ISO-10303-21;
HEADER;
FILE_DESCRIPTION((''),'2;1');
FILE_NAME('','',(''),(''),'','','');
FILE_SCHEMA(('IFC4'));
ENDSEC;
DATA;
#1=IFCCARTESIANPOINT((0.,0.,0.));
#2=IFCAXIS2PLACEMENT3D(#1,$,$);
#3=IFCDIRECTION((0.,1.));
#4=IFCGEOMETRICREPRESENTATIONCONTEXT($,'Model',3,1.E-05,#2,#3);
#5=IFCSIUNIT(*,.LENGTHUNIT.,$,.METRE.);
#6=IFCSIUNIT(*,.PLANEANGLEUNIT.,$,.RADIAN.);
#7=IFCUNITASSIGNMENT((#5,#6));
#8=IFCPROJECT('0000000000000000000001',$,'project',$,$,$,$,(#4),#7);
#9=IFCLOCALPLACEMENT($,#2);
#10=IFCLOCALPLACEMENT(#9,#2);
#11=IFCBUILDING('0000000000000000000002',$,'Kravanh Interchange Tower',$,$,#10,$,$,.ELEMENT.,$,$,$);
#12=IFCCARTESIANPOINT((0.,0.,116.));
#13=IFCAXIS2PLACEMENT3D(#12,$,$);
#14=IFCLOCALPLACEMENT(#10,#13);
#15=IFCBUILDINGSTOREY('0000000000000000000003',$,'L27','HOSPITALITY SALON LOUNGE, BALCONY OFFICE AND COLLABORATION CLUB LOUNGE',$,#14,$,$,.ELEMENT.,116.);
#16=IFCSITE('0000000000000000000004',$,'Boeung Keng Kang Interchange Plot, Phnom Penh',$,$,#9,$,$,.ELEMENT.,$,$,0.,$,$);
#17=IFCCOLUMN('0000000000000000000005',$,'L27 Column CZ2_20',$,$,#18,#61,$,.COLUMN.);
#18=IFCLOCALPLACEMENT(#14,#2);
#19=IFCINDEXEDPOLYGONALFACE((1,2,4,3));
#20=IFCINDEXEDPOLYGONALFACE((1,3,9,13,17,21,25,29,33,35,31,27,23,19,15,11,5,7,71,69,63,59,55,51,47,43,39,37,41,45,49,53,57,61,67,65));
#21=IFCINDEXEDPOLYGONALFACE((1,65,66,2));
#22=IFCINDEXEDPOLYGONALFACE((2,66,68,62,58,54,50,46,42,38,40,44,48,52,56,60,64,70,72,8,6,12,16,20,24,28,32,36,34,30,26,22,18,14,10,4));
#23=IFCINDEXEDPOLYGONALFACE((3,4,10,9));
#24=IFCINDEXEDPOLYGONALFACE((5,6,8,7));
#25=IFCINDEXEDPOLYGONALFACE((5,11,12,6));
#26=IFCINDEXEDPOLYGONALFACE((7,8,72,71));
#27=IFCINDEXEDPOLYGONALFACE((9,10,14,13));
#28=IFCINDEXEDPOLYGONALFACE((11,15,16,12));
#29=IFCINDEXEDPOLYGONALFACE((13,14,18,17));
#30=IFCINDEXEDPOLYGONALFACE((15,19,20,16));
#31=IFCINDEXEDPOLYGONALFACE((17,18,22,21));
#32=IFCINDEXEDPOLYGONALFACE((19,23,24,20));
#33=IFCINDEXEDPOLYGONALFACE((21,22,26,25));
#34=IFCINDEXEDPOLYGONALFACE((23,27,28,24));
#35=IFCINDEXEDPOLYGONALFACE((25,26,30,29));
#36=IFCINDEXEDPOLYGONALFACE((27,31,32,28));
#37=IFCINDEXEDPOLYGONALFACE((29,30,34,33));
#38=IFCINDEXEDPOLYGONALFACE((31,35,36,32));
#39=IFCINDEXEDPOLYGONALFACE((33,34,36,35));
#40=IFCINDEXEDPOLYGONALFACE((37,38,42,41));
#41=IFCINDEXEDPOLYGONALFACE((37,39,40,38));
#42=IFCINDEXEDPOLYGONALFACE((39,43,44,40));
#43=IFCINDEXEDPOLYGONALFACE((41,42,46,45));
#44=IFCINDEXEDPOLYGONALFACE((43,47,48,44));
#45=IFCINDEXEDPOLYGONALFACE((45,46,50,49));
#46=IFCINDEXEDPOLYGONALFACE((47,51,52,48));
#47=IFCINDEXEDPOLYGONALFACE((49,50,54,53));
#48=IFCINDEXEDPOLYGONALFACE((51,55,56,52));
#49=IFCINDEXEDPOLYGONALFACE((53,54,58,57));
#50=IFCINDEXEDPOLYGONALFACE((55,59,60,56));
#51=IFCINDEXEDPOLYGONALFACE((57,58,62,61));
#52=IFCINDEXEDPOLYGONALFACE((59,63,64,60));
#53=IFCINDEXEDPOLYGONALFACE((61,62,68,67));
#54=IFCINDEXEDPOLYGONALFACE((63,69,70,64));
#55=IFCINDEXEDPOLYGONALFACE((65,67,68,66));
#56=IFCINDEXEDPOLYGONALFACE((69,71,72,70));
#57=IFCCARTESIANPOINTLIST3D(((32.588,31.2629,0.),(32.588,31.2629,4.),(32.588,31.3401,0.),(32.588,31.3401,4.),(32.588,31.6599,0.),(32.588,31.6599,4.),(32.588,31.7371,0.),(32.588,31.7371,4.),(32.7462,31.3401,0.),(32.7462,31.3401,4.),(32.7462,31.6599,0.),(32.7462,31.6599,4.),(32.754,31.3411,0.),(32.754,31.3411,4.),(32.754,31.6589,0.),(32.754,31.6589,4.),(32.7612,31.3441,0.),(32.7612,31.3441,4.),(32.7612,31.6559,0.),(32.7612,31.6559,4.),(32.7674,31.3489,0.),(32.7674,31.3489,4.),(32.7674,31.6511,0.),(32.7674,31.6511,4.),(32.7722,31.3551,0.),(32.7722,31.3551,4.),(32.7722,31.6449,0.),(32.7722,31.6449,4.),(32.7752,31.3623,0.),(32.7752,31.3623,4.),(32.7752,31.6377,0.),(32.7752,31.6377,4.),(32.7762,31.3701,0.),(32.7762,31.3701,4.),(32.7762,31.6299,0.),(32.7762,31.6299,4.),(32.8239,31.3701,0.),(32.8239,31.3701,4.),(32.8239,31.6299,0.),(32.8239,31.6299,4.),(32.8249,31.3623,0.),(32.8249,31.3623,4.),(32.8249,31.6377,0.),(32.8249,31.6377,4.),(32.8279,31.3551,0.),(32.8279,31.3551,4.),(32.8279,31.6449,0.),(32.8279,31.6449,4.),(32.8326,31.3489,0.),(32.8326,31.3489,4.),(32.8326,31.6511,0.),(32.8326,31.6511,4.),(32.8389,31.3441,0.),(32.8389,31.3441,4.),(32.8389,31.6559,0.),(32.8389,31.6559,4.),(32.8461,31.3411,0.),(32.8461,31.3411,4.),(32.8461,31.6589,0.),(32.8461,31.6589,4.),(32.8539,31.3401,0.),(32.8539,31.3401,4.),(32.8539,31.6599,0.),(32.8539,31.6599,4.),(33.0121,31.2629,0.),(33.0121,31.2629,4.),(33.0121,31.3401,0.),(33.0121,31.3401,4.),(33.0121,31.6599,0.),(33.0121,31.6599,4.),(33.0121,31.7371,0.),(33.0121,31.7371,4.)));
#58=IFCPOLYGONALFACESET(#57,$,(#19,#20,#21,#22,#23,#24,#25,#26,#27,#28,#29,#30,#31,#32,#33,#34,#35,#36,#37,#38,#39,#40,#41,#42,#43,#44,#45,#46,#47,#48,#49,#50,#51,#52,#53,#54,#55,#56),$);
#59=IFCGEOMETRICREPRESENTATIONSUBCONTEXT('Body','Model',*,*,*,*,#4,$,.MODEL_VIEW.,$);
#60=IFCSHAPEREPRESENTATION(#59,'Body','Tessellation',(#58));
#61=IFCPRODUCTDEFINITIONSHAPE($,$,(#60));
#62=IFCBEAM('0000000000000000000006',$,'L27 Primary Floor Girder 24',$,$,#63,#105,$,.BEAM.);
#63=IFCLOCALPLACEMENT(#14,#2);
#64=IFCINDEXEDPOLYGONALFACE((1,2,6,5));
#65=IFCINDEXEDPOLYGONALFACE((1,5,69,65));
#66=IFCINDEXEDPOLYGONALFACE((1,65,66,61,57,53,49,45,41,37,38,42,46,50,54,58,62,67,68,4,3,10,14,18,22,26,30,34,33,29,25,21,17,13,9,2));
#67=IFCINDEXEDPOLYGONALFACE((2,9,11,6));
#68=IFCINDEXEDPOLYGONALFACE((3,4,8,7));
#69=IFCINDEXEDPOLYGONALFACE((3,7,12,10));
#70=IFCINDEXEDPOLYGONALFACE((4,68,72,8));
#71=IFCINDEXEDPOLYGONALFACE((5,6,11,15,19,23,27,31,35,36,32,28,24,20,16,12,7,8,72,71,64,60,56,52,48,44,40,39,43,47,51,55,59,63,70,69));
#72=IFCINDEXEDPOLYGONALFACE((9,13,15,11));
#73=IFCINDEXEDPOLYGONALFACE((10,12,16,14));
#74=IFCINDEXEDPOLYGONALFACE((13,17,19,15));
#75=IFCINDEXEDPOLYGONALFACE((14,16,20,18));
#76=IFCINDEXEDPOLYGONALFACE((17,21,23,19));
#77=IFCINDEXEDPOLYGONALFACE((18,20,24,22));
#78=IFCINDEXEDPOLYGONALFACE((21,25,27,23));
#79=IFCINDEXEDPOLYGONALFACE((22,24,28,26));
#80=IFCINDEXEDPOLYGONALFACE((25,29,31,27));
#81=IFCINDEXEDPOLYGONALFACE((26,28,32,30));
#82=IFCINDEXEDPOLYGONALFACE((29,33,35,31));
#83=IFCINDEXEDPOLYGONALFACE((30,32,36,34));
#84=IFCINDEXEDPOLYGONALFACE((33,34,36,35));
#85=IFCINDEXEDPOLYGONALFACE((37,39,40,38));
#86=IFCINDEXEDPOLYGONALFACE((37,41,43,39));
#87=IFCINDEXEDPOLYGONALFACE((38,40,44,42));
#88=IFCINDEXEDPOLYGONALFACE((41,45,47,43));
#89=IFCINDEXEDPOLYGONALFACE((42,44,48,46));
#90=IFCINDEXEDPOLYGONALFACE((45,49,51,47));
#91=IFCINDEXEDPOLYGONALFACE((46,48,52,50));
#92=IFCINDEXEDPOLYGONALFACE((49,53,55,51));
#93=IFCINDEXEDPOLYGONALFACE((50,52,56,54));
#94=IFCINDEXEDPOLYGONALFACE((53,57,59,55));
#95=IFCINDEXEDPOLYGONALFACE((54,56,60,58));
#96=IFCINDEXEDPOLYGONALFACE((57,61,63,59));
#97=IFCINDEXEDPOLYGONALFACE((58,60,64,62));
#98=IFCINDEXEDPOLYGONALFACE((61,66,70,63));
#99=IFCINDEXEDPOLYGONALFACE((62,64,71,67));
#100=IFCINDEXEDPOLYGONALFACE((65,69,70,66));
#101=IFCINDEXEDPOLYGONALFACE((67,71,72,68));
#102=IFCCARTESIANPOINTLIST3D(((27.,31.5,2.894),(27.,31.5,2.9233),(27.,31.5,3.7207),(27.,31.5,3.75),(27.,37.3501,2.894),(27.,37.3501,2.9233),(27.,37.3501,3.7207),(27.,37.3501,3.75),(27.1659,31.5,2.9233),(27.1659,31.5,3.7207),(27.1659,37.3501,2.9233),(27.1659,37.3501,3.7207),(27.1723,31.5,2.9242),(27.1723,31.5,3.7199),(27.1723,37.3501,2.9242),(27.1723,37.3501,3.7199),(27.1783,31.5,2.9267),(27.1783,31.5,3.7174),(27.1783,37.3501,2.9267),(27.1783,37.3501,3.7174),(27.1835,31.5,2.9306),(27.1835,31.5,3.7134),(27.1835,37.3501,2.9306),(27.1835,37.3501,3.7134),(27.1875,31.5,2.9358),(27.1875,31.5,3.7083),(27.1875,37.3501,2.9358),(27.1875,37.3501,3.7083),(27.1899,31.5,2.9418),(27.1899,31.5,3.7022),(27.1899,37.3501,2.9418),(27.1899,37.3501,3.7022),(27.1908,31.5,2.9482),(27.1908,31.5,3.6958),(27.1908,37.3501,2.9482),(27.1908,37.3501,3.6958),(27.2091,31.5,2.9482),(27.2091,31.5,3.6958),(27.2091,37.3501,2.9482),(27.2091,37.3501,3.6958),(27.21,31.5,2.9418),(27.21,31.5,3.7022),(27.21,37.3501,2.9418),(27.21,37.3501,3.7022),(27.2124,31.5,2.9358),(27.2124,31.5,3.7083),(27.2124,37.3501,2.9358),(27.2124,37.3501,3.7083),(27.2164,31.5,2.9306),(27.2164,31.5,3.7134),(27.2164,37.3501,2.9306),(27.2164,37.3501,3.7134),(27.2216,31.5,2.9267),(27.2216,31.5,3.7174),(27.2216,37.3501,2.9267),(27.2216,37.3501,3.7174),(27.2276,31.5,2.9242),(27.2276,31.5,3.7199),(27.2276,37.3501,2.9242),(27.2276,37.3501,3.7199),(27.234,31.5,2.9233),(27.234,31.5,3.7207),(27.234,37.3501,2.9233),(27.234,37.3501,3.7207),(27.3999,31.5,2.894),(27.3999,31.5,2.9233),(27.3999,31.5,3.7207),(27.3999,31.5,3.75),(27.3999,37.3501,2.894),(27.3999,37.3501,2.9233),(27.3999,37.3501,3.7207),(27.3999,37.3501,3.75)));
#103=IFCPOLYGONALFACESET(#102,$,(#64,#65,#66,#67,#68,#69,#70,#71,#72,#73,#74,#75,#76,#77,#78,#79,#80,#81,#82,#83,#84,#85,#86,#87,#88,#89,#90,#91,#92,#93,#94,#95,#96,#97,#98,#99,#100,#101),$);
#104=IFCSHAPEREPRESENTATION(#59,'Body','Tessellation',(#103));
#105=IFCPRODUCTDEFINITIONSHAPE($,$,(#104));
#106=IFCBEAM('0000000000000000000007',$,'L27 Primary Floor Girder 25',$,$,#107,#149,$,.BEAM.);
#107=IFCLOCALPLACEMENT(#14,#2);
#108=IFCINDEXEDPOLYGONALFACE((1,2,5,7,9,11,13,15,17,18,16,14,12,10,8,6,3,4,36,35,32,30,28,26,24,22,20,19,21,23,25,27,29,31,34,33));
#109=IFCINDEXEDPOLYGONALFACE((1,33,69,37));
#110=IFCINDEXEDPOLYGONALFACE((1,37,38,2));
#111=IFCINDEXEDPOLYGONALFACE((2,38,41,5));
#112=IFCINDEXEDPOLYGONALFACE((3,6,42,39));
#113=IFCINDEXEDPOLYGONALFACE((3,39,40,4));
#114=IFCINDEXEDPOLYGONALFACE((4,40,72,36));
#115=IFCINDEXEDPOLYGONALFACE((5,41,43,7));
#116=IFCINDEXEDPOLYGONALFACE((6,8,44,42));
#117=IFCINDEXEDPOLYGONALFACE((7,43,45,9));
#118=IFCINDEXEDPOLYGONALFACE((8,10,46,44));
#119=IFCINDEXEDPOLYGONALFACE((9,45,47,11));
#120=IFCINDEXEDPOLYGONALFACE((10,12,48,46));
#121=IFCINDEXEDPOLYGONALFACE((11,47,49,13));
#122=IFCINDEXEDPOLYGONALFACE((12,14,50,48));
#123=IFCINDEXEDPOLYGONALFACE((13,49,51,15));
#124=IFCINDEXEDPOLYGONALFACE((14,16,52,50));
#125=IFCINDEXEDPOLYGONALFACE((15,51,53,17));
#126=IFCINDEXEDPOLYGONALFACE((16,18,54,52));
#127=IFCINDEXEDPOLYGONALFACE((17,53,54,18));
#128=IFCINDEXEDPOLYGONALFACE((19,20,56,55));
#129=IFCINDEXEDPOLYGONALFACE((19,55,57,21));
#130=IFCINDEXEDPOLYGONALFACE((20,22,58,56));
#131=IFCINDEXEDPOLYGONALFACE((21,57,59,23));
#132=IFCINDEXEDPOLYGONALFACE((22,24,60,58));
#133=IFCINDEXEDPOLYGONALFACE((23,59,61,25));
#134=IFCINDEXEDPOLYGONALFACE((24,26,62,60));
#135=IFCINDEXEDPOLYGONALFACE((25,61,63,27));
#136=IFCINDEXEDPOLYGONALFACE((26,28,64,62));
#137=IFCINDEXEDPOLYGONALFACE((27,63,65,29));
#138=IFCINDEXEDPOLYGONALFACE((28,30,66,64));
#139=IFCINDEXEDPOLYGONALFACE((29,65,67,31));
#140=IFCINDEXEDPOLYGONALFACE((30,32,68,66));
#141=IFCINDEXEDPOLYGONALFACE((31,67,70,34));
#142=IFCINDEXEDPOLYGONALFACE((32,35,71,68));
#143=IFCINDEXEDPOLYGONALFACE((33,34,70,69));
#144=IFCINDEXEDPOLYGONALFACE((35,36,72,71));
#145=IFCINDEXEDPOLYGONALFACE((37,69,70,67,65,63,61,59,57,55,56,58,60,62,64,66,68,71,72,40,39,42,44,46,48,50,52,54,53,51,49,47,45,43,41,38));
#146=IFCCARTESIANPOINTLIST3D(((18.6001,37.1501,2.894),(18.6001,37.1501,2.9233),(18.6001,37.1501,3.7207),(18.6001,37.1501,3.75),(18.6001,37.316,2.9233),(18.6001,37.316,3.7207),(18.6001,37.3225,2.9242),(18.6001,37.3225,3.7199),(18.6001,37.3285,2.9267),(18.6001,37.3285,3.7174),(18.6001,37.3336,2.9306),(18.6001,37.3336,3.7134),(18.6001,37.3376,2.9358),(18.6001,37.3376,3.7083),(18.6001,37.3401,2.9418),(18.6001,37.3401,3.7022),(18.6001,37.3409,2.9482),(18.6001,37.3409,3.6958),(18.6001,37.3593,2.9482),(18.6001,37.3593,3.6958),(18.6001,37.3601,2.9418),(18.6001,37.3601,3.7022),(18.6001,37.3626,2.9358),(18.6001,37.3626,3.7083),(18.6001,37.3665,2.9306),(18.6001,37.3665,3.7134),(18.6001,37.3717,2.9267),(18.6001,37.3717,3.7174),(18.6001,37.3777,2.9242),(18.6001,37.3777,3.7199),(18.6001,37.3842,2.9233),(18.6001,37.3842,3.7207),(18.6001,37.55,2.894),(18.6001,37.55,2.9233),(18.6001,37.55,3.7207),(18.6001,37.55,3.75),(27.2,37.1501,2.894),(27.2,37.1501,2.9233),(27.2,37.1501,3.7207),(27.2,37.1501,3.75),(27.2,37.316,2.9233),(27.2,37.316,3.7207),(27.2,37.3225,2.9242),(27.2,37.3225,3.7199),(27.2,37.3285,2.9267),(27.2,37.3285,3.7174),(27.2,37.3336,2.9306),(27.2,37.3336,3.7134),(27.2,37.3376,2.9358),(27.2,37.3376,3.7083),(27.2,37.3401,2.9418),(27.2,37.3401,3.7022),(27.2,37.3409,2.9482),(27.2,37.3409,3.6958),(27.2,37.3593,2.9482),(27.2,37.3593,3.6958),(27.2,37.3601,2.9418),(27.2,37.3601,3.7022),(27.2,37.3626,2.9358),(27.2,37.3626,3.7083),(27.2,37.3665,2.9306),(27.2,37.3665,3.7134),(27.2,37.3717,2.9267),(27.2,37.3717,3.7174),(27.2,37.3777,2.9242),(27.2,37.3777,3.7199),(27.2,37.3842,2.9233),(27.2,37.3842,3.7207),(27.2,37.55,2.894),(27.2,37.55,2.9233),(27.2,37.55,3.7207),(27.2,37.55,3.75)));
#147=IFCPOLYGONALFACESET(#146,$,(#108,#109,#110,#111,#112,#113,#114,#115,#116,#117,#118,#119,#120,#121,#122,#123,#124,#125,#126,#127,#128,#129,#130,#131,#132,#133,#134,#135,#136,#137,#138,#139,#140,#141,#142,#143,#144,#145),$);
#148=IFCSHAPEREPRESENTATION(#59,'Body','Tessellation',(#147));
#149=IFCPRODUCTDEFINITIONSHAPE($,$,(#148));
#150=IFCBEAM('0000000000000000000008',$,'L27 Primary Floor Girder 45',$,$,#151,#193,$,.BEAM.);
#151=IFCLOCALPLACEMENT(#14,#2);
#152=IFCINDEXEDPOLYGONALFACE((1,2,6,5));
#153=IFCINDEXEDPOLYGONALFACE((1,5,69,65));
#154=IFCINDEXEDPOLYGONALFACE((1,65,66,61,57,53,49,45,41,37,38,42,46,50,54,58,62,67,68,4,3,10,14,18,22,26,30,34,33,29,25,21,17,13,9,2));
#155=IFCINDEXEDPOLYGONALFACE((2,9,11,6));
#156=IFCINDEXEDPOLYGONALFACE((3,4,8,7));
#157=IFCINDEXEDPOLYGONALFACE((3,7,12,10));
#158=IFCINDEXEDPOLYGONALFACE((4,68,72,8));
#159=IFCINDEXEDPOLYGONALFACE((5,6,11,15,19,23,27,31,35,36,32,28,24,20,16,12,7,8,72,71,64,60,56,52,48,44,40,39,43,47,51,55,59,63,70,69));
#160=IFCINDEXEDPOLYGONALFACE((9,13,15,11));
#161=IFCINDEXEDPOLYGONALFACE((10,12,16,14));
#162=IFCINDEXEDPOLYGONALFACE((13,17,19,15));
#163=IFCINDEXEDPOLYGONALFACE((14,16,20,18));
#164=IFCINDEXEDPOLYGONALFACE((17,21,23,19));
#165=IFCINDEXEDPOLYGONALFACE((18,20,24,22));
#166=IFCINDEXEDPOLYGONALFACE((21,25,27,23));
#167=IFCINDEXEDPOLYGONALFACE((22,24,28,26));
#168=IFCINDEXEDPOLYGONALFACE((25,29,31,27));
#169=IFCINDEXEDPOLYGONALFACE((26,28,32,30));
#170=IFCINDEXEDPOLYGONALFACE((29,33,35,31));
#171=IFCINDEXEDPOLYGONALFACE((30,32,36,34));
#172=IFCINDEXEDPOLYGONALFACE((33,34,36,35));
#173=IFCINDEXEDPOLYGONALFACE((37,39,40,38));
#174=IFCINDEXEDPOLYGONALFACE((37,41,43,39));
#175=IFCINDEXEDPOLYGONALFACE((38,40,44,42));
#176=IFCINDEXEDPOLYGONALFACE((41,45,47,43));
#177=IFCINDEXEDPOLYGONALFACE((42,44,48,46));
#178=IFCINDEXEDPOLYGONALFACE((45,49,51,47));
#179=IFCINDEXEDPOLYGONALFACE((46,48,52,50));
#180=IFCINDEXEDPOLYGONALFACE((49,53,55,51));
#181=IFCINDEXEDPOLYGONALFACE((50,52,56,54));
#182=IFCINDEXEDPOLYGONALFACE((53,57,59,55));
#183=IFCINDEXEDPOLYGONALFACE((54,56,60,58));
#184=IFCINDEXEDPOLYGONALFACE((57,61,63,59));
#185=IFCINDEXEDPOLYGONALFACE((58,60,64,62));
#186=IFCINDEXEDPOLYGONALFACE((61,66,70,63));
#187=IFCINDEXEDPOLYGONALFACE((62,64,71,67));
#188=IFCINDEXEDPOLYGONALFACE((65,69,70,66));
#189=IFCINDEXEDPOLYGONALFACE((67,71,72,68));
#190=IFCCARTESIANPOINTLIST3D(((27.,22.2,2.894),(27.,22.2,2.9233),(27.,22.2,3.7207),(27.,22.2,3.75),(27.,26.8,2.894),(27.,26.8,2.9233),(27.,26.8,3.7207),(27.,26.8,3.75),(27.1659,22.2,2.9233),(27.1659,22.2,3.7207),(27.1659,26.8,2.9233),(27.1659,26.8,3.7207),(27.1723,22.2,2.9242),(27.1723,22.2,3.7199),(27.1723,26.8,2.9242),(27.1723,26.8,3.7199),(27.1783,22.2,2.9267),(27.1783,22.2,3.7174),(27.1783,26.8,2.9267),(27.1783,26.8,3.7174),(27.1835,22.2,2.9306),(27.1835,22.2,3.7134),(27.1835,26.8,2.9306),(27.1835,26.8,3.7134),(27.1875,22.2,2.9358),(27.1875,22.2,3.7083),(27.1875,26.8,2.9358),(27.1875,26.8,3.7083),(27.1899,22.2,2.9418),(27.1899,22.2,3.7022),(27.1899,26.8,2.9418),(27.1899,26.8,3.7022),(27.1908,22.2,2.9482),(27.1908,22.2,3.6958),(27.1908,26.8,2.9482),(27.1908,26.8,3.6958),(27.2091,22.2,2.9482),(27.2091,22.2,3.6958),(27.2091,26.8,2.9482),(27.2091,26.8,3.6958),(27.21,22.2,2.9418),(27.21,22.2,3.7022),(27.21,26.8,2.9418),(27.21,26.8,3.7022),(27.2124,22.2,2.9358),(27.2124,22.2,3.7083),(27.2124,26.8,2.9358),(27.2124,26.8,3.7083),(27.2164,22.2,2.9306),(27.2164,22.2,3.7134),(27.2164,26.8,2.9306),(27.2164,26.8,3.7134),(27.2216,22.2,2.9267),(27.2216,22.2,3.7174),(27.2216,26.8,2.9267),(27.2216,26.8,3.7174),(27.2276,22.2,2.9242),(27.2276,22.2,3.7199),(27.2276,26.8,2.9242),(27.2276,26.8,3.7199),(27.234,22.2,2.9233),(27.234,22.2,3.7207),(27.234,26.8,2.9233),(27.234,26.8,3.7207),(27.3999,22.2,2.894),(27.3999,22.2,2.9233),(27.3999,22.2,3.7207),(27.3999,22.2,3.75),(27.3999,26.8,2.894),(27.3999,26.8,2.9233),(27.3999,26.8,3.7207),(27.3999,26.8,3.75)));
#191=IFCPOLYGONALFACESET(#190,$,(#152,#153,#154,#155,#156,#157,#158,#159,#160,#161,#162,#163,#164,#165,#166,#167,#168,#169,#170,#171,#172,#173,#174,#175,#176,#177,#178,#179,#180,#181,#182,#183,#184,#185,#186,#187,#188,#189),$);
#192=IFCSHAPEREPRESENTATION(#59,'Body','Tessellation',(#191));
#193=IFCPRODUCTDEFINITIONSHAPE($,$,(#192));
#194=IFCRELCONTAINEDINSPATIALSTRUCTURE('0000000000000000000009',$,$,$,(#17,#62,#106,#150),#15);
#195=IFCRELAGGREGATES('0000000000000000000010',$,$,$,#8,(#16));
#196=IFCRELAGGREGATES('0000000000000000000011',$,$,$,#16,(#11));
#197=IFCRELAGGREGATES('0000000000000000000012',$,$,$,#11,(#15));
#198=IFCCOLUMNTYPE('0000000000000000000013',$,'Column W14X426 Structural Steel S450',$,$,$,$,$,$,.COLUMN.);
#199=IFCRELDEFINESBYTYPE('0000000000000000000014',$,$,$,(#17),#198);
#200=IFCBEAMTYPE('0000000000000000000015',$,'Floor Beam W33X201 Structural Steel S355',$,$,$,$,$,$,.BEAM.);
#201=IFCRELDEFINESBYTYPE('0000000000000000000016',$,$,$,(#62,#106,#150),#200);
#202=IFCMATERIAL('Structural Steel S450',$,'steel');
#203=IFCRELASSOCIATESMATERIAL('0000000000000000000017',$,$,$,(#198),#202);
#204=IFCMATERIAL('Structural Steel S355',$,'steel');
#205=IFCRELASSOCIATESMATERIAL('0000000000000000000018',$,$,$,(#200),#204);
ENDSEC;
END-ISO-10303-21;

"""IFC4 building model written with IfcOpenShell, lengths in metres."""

from ifc_helpers import new_model, si_unit, direction, frame, origin, origin_2d, place, context, subcontext, project, spatial, i_section, extrude, material, material_profile, profile_set, type_object, element, save


model = new_model("IFC4")

# Units and contexts
model_context = context("Model", 3, precision=1e-05, world=origin(), true_north=direction((0.0, 1.0)))
body_context = subcontext(model_context, "Body", "Model", "MODEL_VIEW")
ifc_project = project(units=[si_unit("LENGTHUNIT", "METRE"), si_unit("PLANEANGLEUNIT", "RADIAN")], contexts=[model_context])

# Site, building, storey
site_placement = place(None, origin())
site = spatial("IfcSite", under=ifc_project, at=site_placement, Name="Boeung Keng Kang Interchange Plot, Phnom Penh", CompositionType="ELEMENT", RefElevation=0.0)
building_placement = place(site_placement, origin())
building = spatial("IfcBuilding", under=site, at=building_placement, Name="Kravanh Interchange Tower", CompositionType="ELEMENT")
storey_placement = place(building_placement, frame((0.0, 0.0, 116.0)))
storey = spatial("IfcBuildingStorey", under=building, at=storey_placement, Name="L27", Description="HOSPITALITY SALON LOUNGE, BALCONY OFFICE AND COLLABORATION CLUB LOUNGE", CompositionType="ELEMENT", Elevation=116.0)

# Column
ifc_material_1 = material(Name="Structural Steel S450", Category="steel")
ifc_material_profile_1 = material_profile(ifc_material_1, i_section(OverallWidth=0.4241, OverallDepth=0.4741, WebThickness=0.0476, FlangeThickness=0.0771, FilletRadius=0.03, at=origin_2d()), Name="W14X426")
ifc_profile_set_1 = profile_set([ifc_material_profile_1], Name="Structural Steel S450")
column_type_1 = type_object("IfcColumnType", Name="Column W14X426 Structural Steel S450", PredefinedType="COLUMN", material=ifc_profile_set_1)
for number, where, z_axis, x_axis, name in (
    (1, (32.8, 31.5, 0.0), (0.0, 0.0, 1.0), (1.0, 0.0, 0.0), "L27 Column CZ2_20"),
):
    element("IfcColumn", number, at=place(storey_placement, frame(where, z_axis=z_axis, x_axis=x_axis)), inside=storey, type_object=column_type_1, Name=name, PredefinedType="COLUMN", context=body_context, shape_type="SweptSolid", body=[
        extrude(i_section(OverallWidth=0.4241, OverallDepth=0.4741, WebThickness=0.0476, FlangeThickness=0.0771, FilletRadius=0.03, at=origin_2d()), origin(), (0.0, 0.0, 1.0), 4.0),
    ])

# Beams
ifc_material_2 = material(Name="Structural Steel S355", Category="steel")
ifc_material_profile_2 = material_profile(ifc_material_2, i_section(OverallWidth=0.3999, OverallDepth=0.856, WebThickness=0.0183, FlangeThickness=0.0293, FilletRadius=0.0249, at=origin_2d()), Name="W33X201")
ifc_profile_set_2 = profile_set([ifc_material_profile_2], Name="Structural Steel S355")
beam_type_1 = type_object("IfcBeamType", Name="Floor Beam W33X201 Structural Steel S355", PredefinedType="BEAM", material=ifc_profile_set_2)
beam_1_placement = place(storey_placement, frame((27.2, 37.3501, 3.322), z_axis=(0.0, -1.0, 0.0), x_axis=(1.0, 0.0, 0.0)))
element("IfcBeam", 2, at=beam_1_placement, inside=storey, type_object=beam_type_1, Name="L27 Primary Floor Girder 24", PredefinedType="BEAM", context=body_context, shape_type="SweptSolid", body=[
    extrude(i_section(OverallWidth=0.3999, OverallDepth=0.856, WebThickness=0.0183, FlangeThickness=0.0293, FilletRadius=0.0249, at=origin_2d()), origin(), (0.0, 0.0, 1.0), 5.8501),
])
beam_2_placement = place(storey_placement, frame((27.2, 37.3501, 3.322), z_axis=(-1.0, 0.0, 0.0), x_axis=(0.0, -1.0, 0.0)))
element("IfcBeam", 3, at=beam_2_placement, inside=storey, type_object=beam_type_1, Name="L27 Primary Floor Girder 25", PredefinedType="BEAM", context=body_context, shape_type="SweptSolid", body=[
    extrude(i_section(OverallWidth=0.3999, OverallDepth=0.856, WebThickness=0.0183, FlangeThickness=0.0293, FilletRadius=0.0249, at=origin_2d()), origin(), (0.0, 0.0, 1.0), 8.5999),
])
beam_3_placement = place(storey_placement, frame((27.2, 26.8, 3.322), z_axis=(0.0, -1.0, 0.0), x_axis=(1.0, 0.0, 0.0)))
element("IfcBeam", 4, at=beam_3_placement, inside=storey, type_object=beam_type_1, Name="L27 Primary Floor Girder 45", PredefinedType="BEAM", context=body_context, shape_type="SweptSolid", body=[
    extrude(i_section(OverallWidth=0.3999, OverallDepth=0.856, WebThickness=0.0183, FlangeThickness=0.0293, FilletRadius=0.0249, at=origin_2d()), origin(), (0.0, 0.0, 1.0), 4.6001),
])

save(model, "model.ifc")
